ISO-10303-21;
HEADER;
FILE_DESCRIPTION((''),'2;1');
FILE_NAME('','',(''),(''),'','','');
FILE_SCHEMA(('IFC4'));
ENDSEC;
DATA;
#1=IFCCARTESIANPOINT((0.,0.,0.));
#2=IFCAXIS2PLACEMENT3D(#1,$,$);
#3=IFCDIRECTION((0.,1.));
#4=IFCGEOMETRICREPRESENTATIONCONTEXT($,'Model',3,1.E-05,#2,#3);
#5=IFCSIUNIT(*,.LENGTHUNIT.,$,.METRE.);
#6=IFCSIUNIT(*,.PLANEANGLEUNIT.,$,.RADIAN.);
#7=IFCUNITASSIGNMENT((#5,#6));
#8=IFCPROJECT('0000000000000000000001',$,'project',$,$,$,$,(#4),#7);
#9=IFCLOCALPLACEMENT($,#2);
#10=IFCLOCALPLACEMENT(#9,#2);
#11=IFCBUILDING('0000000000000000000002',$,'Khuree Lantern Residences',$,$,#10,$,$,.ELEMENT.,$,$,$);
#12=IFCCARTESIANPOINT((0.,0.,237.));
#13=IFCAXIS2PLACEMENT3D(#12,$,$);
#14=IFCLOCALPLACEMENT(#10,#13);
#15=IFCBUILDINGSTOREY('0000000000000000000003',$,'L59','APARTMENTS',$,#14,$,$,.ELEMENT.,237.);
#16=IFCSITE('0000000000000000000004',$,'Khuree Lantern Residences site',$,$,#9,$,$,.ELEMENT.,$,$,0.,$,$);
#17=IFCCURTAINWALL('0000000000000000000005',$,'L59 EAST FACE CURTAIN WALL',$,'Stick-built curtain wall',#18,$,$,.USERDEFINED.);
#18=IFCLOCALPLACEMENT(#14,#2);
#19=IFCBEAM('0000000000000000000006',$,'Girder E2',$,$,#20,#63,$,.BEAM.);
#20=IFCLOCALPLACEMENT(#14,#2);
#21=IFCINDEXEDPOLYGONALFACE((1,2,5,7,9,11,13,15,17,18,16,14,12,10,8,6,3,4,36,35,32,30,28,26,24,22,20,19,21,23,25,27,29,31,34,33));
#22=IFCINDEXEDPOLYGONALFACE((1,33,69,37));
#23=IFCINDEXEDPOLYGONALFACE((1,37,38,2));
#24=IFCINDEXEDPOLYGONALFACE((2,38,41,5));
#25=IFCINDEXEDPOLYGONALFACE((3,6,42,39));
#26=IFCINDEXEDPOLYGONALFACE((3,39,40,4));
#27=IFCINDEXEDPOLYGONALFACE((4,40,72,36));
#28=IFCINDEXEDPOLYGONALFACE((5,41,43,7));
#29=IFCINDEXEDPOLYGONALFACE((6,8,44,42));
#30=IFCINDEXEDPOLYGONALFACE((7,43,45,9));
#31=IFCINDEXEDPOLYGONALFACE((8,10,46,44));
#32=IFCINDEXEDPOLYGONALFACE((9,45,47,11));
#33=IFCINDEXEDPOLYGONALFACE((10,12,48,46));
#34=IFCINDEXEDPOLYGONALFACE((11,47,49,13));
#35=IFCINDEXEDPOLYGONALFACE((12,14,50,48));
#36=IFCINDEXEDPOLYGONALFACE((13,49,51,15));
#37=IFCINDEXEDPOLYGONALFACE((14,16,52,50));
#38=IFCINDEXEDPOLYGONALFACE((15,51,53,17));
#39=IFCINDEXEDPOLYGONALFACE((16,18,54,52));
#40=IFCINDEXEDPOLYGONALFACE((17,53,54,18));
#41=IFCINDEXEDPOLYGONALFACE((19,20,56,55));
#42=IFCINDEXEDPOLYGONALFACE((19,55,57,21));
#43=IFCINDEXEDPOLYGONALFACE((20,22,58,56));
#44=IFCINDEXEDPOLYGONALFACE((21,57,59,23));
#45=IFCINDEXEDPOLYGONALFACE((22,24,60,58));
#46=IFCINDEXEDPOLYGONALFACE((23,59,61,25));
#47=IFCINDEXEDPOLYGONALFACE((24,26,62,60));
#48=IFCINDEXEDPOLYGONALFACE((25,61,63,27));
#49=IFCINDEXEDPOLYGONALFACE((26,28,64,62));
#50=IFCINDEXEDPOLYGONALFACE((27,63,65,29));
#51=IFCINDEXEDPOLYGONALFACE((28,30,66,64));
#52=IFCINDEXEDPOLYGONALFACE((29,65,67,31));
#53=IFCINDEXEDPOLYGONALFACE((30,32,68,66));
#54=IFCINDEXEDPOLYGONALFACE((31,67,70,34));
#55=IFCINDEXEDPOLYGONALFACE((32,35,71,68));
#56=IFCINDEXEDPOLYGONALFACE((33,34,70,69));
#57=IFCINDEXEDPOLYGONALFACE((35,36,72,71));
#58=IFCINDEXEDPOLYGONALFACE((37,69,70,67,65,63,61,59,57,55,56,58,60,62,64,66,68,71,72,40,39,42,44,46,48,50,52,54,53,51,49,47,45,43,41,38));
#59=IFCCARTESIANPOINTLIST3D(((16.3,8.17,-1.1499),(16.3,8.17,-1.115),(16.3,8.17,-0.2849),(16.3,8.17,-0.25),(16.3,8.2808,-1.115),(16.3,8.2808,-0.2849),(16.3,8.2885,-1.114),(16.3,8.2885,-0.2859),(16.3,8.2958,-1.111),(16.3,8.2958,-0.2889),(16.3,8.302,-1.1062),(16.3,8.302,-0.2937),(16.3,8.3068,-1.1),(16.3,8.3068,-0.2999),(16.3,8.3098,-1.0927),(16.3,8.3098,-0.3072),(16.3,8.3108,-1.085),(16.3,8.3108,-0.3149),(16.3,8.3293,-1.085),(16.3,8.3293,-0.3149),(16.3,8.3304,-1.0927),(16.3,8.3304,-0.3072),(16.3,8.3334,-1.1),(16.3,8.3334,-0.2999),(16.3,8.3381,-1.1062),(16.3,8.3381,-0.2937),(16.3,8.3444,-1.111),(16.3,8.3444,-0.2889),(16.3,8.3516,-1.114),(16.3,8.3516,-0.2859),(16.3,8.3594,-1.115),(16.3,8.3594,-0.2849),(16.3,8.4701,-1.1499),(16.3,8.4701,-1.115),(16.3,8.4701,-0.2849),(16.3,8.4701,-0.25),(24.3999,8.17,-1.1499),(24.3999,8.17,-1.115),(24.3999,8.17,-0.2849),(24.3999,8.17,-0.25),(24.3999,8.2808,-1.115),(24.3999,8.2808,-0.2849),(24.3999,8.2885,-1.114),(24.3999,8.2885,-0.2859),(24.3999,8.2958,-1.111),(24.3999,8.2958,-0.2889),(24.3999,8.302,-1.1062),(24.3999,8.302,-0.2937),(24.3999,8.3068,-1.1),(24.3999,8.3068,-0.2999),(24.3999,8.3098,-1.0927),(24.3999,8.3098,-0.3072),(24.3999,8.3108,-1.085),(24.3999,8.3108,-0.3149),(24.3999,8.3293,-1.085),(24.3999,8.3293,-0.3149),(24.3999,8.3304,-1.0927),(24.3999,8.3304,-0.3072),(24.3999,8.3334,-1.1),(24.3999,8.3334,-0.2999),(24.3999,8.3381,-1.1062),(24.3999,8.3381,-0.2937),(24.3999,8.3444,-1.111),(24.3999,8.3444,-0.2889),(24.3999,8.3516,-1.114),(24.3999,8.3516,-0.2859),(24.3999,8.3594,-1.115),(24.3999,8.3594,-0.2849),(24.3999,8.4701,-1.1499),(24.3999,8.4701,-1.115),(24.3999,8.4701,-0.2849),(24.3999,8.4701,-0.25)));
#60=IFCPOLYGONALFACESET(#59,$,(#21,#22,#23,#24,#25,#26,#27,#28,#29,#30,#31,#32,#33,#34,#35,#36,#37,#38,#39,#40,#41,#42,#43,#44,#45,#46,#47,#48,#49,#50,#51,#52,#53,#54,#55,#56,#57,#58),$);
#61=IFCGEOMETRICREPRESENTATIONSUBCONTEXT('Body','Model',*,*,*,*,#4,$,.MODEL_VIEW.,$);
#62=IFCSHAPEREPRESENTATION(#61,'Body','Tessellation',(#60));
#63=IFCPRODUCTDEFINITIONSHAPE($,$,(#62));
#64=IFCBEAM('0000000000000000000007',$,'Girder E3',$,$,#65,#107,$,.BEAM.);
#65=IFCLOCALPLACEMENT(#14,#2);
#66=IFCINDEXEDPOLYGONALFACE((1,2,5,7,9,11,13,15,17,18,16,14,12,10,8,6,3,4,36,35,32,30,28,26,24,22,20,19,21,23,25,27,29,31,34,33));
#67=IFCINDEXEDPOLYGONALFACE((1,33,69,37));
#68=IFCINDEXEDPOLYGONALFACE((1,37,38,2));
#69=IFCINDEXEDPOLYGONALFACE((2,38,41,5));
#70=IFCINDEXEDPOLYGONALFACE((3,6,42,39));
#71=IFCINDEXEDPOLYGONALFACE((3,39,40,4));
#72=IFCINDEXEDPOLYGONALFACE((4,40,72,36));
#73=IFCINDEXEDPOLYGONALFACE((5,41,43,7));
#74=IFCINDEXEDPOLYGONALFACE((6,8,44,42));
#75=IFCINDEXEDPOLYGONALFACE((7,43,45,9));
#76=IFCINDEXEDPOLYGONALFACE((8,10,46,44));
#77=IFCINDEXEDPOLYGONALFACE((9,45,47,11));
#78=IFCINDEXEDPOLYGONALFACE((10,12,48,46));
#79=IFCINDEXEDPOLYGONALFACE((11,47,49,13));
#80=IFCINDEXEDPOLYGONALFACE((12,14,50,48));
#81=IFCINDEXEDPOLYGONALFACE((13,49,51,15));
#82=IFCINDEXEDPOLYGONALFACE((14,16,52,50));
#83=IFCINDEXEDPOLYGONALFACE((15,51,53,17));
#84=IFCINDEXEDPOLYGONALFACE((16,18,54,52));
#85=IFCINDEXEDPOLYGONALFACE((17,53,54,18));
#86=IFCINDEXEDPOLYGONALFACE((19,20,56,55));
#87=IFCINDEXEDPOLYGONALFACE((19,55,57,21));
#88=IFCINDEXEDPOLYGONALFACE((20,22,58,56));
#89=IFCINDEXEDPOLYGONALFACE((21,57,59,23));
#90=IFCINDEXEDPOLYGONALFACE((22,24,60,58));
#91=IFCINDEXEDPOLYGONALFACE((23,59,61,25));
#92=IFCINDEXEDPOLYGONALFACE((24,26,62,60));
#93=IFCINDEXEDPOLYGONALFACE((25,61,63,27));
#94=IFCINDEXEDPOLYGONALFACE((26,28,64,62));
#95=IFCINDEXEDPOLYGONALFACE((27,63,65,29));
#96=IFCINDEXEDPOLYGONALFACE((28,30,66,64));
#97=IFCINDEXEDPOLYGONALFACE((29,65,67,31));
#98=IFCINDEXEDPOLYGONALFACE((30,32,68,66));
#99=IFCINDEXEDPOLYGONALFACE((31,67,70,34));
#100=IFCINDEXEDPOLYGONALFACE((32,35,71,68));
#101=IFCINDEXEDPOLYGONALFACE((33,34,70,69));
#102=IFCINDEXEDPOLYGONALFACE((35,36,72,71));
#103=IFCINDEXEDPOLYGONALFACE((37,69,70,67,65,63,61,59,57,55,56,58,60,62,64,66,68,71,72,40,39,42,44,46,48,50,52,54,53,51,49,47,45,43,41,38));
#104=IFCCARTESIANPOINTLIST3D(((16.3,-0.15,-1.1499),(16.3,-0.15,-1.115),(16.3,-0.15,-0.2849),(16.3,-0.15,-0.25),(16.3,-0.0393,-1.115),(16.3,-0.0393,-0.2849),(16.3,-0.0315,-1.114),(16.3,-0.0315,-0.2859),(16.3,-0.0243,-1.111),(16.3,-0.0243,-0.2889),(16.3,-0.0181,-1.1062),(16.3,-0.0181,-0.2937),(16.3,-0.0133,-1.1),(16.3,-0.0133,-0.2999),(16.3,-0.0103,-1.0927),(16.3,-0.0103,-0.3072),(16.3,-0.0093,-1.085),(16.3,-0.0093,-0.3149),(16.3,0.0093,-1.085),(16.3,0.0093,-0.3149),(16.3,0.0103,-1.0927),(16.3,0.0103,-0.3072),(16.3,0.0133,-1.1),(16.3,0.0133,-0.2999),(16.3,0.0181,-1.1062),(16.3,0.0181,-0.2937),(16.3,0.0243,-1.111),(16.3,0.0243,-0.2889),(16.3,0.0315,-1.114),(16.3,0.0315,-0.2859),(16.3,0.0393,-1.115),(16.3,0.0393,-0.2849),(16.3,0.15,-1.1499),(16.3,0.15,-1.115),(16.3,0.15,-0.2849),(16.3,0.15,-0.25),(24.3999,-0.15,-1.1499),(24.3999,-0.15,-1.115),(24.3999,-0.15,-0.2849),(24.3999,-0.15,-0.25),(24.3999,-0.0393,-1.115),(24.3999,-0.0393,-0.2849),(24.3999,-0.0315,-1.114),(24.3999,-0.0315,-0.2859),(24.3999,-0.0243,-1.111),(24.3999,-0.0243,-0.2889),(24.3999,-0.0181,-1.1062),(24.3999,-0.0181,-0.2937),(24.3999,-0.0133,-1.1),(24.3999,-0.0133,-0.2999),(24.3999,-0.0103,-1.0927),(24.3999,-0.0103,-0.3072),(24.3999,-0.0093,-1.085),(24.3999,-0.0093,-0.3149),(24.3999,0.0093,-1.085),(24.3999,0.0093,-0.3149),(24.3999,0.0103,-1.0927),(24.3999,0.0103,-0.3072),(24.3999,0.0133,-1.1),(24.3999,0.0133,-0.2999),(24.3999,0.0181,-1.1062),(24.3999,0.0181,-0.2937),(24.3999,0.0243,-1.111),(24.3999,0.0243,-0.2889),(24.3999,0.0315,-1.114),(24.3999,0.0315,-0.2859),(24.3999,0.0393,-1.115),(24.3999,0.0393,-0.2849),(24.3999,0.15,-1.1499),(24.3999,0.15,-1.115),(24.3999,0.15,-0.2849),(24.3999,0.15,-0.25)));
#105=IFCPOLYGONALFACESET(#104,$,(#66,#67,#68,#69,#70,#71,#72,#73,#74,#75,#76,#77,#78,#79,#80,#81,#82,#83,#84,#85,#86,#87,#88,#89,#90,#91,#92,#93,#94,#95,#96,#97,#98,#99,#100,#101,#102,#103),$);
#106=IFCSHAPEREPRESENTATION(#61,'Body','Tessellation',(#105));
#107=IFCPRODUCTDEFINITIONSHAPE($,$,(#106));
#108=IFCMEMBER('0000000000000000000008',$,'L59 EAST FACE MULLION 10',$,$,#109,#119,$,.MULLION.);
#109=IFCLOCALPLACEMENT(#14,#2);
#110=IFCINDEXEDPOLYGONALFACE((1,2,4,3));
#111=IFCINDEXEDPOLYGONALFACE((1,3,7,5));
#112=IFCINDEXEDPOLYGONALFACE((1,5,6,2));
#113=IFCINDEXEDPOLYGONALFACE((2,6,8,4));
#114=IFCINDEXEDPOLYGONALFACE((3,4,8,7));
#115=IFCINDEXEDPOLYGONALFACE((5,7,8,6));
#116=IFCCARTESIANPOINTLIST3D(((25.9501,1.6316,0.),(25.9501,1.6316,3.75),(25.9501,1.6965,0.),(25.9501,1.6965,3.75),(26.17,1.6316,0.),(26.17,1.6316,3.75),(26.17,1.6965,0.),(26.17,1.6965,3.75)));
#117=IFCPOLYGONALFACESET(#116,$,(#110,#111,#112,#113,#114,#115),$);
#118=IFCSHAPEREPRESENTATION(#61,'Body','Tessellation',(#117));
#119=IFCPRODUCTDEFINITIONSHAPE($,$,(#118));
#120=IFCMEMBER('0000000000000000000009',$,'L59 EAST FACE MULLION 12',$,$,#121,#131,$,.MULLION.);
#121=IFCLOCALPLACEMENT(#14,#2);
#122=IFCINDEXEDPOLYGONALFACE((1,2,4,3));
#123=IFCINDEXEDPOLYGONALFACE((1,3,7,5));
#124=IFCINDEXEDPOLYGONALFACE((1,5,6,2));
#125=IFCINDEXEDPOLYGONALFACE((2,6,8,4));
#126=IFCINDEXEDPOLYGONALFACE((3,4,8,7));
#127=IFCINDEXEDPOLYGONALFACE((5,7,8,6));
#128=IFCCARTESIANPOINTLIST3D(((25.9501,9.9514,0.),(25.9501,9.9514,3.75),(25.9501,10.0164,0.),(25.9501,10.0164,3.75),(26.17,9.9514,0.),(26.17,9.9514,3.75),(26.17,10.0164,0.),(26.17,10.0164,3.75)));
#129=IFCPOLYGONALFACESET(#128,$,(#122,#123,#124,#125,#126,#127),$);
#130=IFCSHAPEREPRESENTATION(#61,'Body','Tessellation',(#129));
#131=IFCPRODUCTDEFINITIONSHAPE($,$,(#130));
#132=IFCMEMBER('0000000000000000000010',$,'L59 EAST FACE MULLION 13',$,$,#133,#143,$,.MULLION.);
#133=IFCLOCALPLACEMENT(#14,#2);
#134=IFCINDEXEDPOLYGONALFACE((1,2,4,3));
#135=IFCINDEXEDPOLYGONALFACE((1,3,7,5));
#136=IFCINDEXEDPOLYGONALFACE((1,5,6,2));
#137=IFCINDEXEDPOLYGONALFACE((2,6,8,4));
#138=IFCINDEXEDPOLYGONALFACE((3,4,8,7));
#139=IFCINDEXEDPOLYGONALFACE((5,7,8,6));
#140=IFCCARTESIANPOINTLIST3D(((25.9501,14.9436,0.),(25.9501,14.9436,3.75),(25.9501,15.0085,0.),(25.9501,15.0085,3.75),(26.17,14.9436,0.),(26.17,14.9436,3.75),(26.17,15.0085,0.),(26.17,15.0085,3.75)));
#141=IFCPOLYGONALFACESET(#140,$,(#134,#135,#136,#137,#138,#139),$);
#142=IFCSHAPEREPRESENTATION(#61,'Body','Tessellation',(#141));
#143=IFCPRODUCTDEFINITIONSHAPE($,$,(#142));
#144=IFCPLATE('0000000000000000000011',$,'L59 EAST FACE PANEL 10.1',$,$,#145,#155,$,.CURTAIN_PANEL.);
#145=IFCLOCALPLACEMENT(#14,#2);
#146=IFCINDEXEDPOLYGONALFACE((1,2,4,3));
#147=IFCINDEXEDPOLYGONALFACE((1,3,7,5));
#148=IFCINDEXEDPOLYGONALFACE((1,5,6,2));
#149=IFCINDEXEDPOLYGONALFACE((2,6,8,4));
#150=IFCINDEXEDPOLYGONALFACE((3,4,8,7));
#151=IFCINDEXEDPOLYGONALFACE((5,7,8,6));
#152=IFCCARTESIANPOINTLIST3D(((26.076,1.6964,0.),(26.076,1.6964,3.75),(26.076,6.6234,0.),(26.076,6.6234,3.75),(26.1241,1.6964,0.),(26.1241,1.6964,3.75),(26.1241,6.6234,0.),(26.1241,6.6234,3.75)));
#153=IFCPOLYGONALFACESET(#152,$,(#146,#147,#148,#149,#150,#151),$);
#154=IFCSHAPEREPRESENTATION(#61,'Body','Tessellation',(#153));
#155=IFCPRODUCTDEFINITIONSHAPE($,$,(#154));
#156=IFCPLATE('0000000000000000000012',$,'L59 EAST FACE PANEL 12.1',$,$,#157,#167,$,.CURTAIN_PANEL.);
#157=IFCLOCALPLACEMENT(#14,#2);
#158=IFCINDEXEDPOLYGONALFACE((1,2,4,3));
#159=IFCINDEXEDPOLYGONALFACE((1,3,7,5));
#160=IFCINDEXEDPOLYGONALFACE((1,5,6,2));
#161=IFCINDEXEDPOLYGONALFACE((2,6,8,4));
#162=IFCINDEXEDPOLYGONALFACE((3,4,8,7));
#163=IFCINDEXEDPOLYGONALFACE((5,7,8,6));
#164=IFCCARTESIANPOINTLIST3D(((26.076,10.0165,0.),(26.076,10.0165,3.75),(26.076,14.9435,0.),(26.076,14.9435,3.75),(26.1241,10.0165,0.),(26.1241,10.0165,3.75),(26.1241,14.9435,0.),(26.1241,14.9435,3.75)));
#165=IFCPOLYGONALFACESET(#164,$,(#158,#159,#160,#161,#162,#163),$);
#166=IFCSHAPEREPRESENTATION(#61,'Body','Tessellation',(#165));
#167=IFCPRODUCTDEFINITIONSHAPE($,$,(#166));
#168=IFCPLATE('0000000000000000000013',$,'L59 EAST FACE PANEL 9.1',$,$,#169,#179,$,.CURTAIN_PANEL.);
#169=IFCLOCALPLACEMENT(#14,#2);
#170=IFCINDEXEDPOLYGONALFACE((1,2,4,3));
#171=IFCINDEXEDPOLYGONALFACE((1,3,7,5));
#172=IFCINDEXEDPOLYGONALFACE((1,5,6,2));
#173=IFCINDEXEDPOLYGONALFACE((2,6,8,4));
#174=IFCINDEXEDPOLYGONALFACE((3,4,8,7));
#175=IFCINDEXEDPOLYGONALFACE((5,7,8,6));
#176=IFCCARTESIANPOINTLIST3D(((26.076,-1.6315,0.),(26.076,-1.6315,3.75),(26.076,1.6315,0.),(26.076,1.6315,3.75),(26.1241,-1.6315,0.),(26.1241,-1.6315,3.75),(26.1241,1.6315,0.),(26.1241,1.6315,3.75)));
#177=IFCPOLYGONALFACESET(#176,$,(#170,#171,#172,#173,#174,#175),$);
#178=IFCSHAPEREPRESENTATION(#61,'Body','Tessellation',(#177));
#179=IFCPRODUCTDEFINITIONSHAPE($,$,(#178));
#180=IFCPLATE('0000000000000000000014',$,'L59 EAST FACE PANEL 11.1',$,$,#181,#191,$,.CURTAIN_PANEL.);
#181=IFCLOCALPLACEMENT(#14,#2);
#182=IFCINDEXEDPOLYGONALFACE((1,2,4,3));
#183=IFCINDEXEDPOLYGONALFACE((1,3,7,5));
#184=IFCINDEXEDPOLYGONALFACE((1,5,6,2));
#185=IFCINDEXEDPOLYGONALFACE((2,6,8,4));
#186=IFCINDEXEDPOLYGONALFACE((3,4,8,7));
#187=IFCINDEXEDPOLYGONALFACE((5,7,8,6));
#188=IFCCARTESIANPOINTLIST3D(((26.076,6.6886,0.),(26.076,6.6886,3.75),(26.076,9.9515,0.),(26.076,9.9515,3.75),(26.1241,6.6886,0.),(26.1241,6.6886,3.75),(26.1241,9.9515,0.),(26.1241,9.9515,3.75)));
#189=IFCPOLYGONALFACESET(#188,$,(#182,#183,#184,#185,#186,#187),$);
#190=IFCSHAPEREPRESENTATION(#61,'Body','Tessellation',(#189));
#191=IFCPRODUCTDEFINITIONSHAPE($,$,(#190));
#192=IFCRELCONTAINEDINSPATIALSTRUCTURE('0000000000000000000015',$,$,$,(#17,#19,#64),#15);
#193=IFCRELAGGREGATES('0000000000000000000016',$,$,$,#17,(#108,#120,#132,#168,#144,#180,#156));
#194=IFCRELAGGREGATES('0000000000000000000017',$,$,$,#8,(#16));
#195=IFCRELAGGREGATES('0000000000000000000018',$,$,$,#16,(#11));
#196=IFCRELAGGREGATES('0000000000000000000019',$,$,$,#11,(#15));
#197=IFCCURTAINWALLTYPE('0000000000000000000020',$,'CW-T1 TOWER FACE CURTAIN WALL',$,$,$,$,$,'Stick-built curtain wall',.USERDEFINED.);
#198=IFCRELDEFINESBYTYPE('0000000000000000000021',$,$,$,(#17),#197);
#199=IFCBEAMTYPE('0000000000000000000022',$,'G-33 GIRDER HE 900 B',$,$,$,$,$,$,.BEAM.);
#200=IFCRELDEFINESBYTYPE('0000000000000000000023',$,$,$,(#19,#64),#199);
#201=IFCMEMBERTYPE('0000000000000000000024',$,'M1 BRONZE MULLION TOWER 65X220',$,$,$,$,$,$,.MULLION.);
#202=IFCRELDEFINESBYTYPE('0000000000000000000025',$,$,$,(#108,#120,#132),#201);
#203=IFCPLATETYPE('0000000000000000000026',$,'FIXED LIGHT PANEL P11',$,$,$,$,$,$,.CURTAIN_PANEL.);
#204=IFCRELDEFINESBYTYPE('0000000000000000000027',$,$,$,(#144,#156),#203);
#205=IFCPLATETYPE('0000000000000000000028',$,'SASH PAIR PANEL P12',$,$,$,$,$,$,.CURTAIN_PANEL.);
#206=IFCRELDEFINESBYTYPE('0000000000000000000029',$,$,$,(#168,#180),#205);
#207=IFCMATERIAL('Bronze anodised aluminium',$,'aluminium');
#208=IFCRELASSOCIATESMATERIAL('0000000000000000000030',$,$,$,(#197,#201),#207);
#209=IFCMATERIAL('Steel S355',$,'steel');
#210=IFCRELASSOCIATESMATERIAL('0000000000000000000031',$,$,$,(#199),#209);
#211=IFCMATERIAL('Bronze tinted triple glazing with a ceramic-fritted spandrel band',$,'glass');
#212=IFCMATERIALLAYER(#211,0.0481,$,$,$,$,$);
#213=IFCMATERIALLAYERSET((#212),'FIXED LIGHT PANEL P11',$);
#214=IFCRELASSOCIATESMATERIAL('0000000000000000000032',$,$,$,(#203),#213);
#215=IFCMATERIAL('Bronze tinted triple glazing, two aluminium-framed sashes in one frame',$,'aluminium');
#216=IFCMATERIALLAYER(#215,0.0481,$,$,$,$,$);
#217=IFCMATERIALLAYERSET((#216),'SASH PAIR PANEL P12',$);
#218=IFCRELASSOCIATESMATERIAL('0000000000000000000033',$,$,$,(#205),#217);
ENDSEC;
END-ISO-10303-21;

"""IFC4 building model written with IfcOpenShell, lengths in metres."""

from ifc_helpers import new_model, si_unit, direction, frame, origin, origin_2d, place, context, subcontext, project, spatial, rectangle, i_section, extrude, material, layer, layer_set, material_profile, profile_set, type_object, element, aggregate, save


model = new_model("IFC4")

# Units and contexts
model_context = context("Model", 3, precision=1e-05, world=origin(), true_north=direction((0.0, 1.0)))
body_context = subcontext(model_context, "Body", "Model", "MODEL_VIEW")
ifc_project = project(units=[si_unit("LENGTHUNIT", "METRE"), si_unit("PLANEANGLEUNIT", "RADIAN")], contexts=[model_context])

# Site, building, storey
site_placement = place(None, origin())
site = spatial("IfcSite", under=ifc_project, at=site_placement, Name="Khuree Lantern Residences site", CompositionType="ELEMENT", RefElevation=0.0)
building_placement = place(site_placement, origin())
building = spatial("IfcBuilding", under=site, at=building_placement, Name="Khuree Lantern Residences", CompositionType="ELEMENT")
storey_placement = place(building_placement, frame((0.0, 0.0, 237.0)))
storey = spatial("IfcBuildingStorey", under=building, at=storey_placement, Name="L59", Description="APARTMENTS", CompositionType="ELEMENT", Elevation=237.0)

# Shared definitions
ifc_material_1 = material(Name="Steel S355", Category="steel")

# Curtain wall
ifc_material_2 = material(Name="Bronze anodised aluminium", Category="aluminium")
curtain_wall_type = type_object("IfcCurtainWallType", Name="CW-T1 TOWER FACE CURTAIN WALL", ElementType="Stick-built curtain wall", PredefinedType="USERDEFINED", material=ifc_material_2)
curtain_wall_placement = place(storey_placement, origin())
curtain_wall = element("IfcCurtainWall", 1, at=curtain_wall_placement, inside=storey, type_object=curtain_wall_type, Name="L59 EAST FACE CURTAIN WALL", ObjectType="Stick-built curtain wall", PredefinedType="USERDEFINED")

# Beams
ifc_material_profile_1 = material_profile(ifc_material_1, i_section(OverallWidth=0.3, OverallDepth=0.8999, WebThickness=0.0186, FlangeThickness=0.0349, FilletRadius=0.03, at=origin_2d()), Name="HE 900 B")
ifc_profile_set_1 = profile_set([ifc_material_profile_1], Name="Steel S355")
beam_type_1 = type_object("IfcBeamType", Name="G-33 GIRDER HE 900 B", PredefinedType="BEAM", material=ifc_profile_set_1)
for number, where, z_axis, x_axis, name in (
    (2, (24.3999, 8.3201, -0.7), (-1.0, 0.0, 0.0), (0.0, -1.0, 0.0), "Girder E2"),
    (3, (24.3999, 0.0, -0.7), (-1.0, 0.0, 0.0), (0.0, -1.0, 0.0), "Girder E3"),
):
    element("IfcBeam", number, at=place(storey_placement, frame(where, z_axis=z_axis, x_axis=x_axis)), inside=storey, type_object=beam_type_1, Name=name, PredefinedType="BEAM", context=body_context, shape_type="SweptSolid", body=[
        extrude(i_section(OverallWidth=0.3, OverallDepth=0.8999, WebThickness=0.0186, FlangeThickness=0.0349, FilletRadius=0.03, at=origin_2d()), origin(), (0.0, 0.0, 1.0), 8.0999),
    ])

# Members
ifc_material_profile_2 = material_profile(ifc_material_2, rectangle(XDim=0.0649, YDim=0.22, at=origin_2d()), Name="M1 65X220")
ifc_profile_set_2 = profile_set([ifc_material_profile_2], Name="Bronze anodised aluminium")
member_type_1 = type_object("IfcMemberType", Name="M1 BRONZE MULLION TOWER 65X220", PredefinedType="MULLION", material=ifc_profile_set_2)
member_1_placement = place(storey_placement, frame((26.0601, 1.6641, 0.0), z_axis=(0.0, 0.0, 1.0), x_axis=(0.0, 1.0, 0.0)))
member_1 = element("IfcMember", 4, at=member_1_placement, type_object=member_type_1, Name="L59 EAST FACE MULLION 10", PredefinedType="MULLION", context=body_context, shape_type="SweptSolid", body=[
    extrude(rectangle(XDim=0.0649, YDim=0.22, at=origin_2d()), origin(), (0.0, 0.0, 1.0), 3.75),
])
member_2_placement = place(storey_placement, frame((26.0601, 9.9839, 0.0), z_axis=(0.0, 0.0, 1.0), x_axis=(0.0, 1.0, 0.0)))
member_2 = element("IfcMember", 5, at=member_2_placement, type_object=member_type_1, Name="L59 EAST FACE MULLION 12", PredefinedType="MULLION", context=body_context, shape_type="SweptSolid", body=[
    extrude(rectangle(XDim=0.0649, YDim=0.22, at=origin_2d()), origin(), (0.0, 0.0, 1.0), 3.75),
])
member_3_placement = place(storey_placement, frame((26.0601, 14.9761, 0.0), z_axis=(0.0, 0.0, 1.0), x_axis=(0.0, 1.0, 0.0)))
member_3 = element("IfcMember", 6, at=member_3_placement, type_object=member_type_1, Name="L59 EAST FACE MULLION 13", PredefinedType="MULLION", context=body_context, shape_type="SweptSolid", body=[
    extrude(rectangle(XDim=0.0649, YDim=0.22, at=origin_2d()), origin(), (0.0, 0.0, 1.0), 3.75),
])

# Plates
ifc_material_3 = material(Name="Bronze tinted triple glazing with a ceramic-fritted spandrel band", Category="glass")
ifc_layer_1 = layer(ifc_material_3, 0.0481)
ifc_layer_set_1 = layer_set([ifc_layer_1], Name="FIXED LIGHT PANEL P11")
plate_type_1 = type_object("IfcPlateType", Name="FIXED LIGHT PANEL P11", PredefinedType="CURTAIN_PANEL", material=ifc_layer_set_1)
plate_1_placement = place(storey_placement, frame((26.1001, 4.1599, 0.0), z_axis=(0.0, 0.0, 1.0), x_axis=(0.0, 1.0, 0.0)))
plate_1 = element("IfcPlate", 7, at=plate_1_placement, type_object=plate_type_1, Name="L59 EAST FACE PANEL 10.1", PredefinedType="CURTAIN_PANEL", context=body_context, shape_type="SweptSolid", body=[
    extrude(rectangle(XDim=4.927, YDim=0.0481, at=origin_2d()), origin(), (0.0, 0.0, 1.0), 3.75),
])
plate_2_placement = place(storey_placement, frame((26.1001, 12.48, 0.0), z_axis=(0.0, 0.0, 1.0), x_axis=(0.0, 1.0, 0.0)))
plate_2 = element("IfcPlate", 8, at=plate_2_placement, type_object=plate_type_1, Name="L59 EAST FACE PANEL 12.1", PredefinedType="CURTAIN_PANEL", context=body_context, shape_type="SweptSolid", body=[
    extrude(rectangle(XDim=4.927, YDim=0.0481, at=origin_2d()), origin(), (0.0, 0.0, 1.0), 3.75),
])
ifc_material_4 = material(Name="Bronze tinted triple glazing, two aluminium-framed sashes in one frame", Category="aluminium")
ifc_layer_2 = layer(ifc_material_4, 0.0481)
ifc_layer_set_2 = layer_set([ifc_layer_2], Name="SASH PAIR PANEL P12")
plate_type_2 = type_object("IfcPlateType", Name="SASH PAIR PANEL P12", PredefinedType="CURTAIN_PANEL", material=ifc_layer_set_2)
plate_3_placement = place(storey_placement, frame((26.1001, 0.0, 0.0), z_axis=(0.0, 0.0, 1.0), x_axis=(0.0, 1.0, 0.0)))
plate_3 = element("IfcPlate", 9, at=plate_3_placement, type_object=plate_type_2, Name="L59 EAST FACE PANEL 9.1", PredefinedType="CURTAIN_PANEL", context=body_context, shape_type="SweptSolid", body=[
    extrude(rectangle(XDim=3.2629, YDim=0.0481, at=origin_2d()), origin(), (0.0, 0.0, 1.0), 3.75),
])
plate_4_placement = place(storey_placement, frame((26.1001, 8.3201, 0.0), z_axis=(0.0, 0.0, 1.0), x_axis=(0.0, 1.0, 0.0)))
plate_4 = element("IfcPlate", 10, at=plate_4_placement, type_object=plate_type_2, Name="L59 EAST FACE PANEL 11.1", PredefinedType="CURTAIN_PANEL", context=body_context, shape_type="SweptSolid", body=[
    extrude(rectangle(XDim=3.2629, YDim=0.0481, at=origin_2d()), origin(), (0.0, 0.0, 1.0), 3.75),
])
aggregate(curtain_wall, [member_1, member_2, member_3, plate_3, plate_1, plate_4, plate_2])

save(model, "model.ifc")
